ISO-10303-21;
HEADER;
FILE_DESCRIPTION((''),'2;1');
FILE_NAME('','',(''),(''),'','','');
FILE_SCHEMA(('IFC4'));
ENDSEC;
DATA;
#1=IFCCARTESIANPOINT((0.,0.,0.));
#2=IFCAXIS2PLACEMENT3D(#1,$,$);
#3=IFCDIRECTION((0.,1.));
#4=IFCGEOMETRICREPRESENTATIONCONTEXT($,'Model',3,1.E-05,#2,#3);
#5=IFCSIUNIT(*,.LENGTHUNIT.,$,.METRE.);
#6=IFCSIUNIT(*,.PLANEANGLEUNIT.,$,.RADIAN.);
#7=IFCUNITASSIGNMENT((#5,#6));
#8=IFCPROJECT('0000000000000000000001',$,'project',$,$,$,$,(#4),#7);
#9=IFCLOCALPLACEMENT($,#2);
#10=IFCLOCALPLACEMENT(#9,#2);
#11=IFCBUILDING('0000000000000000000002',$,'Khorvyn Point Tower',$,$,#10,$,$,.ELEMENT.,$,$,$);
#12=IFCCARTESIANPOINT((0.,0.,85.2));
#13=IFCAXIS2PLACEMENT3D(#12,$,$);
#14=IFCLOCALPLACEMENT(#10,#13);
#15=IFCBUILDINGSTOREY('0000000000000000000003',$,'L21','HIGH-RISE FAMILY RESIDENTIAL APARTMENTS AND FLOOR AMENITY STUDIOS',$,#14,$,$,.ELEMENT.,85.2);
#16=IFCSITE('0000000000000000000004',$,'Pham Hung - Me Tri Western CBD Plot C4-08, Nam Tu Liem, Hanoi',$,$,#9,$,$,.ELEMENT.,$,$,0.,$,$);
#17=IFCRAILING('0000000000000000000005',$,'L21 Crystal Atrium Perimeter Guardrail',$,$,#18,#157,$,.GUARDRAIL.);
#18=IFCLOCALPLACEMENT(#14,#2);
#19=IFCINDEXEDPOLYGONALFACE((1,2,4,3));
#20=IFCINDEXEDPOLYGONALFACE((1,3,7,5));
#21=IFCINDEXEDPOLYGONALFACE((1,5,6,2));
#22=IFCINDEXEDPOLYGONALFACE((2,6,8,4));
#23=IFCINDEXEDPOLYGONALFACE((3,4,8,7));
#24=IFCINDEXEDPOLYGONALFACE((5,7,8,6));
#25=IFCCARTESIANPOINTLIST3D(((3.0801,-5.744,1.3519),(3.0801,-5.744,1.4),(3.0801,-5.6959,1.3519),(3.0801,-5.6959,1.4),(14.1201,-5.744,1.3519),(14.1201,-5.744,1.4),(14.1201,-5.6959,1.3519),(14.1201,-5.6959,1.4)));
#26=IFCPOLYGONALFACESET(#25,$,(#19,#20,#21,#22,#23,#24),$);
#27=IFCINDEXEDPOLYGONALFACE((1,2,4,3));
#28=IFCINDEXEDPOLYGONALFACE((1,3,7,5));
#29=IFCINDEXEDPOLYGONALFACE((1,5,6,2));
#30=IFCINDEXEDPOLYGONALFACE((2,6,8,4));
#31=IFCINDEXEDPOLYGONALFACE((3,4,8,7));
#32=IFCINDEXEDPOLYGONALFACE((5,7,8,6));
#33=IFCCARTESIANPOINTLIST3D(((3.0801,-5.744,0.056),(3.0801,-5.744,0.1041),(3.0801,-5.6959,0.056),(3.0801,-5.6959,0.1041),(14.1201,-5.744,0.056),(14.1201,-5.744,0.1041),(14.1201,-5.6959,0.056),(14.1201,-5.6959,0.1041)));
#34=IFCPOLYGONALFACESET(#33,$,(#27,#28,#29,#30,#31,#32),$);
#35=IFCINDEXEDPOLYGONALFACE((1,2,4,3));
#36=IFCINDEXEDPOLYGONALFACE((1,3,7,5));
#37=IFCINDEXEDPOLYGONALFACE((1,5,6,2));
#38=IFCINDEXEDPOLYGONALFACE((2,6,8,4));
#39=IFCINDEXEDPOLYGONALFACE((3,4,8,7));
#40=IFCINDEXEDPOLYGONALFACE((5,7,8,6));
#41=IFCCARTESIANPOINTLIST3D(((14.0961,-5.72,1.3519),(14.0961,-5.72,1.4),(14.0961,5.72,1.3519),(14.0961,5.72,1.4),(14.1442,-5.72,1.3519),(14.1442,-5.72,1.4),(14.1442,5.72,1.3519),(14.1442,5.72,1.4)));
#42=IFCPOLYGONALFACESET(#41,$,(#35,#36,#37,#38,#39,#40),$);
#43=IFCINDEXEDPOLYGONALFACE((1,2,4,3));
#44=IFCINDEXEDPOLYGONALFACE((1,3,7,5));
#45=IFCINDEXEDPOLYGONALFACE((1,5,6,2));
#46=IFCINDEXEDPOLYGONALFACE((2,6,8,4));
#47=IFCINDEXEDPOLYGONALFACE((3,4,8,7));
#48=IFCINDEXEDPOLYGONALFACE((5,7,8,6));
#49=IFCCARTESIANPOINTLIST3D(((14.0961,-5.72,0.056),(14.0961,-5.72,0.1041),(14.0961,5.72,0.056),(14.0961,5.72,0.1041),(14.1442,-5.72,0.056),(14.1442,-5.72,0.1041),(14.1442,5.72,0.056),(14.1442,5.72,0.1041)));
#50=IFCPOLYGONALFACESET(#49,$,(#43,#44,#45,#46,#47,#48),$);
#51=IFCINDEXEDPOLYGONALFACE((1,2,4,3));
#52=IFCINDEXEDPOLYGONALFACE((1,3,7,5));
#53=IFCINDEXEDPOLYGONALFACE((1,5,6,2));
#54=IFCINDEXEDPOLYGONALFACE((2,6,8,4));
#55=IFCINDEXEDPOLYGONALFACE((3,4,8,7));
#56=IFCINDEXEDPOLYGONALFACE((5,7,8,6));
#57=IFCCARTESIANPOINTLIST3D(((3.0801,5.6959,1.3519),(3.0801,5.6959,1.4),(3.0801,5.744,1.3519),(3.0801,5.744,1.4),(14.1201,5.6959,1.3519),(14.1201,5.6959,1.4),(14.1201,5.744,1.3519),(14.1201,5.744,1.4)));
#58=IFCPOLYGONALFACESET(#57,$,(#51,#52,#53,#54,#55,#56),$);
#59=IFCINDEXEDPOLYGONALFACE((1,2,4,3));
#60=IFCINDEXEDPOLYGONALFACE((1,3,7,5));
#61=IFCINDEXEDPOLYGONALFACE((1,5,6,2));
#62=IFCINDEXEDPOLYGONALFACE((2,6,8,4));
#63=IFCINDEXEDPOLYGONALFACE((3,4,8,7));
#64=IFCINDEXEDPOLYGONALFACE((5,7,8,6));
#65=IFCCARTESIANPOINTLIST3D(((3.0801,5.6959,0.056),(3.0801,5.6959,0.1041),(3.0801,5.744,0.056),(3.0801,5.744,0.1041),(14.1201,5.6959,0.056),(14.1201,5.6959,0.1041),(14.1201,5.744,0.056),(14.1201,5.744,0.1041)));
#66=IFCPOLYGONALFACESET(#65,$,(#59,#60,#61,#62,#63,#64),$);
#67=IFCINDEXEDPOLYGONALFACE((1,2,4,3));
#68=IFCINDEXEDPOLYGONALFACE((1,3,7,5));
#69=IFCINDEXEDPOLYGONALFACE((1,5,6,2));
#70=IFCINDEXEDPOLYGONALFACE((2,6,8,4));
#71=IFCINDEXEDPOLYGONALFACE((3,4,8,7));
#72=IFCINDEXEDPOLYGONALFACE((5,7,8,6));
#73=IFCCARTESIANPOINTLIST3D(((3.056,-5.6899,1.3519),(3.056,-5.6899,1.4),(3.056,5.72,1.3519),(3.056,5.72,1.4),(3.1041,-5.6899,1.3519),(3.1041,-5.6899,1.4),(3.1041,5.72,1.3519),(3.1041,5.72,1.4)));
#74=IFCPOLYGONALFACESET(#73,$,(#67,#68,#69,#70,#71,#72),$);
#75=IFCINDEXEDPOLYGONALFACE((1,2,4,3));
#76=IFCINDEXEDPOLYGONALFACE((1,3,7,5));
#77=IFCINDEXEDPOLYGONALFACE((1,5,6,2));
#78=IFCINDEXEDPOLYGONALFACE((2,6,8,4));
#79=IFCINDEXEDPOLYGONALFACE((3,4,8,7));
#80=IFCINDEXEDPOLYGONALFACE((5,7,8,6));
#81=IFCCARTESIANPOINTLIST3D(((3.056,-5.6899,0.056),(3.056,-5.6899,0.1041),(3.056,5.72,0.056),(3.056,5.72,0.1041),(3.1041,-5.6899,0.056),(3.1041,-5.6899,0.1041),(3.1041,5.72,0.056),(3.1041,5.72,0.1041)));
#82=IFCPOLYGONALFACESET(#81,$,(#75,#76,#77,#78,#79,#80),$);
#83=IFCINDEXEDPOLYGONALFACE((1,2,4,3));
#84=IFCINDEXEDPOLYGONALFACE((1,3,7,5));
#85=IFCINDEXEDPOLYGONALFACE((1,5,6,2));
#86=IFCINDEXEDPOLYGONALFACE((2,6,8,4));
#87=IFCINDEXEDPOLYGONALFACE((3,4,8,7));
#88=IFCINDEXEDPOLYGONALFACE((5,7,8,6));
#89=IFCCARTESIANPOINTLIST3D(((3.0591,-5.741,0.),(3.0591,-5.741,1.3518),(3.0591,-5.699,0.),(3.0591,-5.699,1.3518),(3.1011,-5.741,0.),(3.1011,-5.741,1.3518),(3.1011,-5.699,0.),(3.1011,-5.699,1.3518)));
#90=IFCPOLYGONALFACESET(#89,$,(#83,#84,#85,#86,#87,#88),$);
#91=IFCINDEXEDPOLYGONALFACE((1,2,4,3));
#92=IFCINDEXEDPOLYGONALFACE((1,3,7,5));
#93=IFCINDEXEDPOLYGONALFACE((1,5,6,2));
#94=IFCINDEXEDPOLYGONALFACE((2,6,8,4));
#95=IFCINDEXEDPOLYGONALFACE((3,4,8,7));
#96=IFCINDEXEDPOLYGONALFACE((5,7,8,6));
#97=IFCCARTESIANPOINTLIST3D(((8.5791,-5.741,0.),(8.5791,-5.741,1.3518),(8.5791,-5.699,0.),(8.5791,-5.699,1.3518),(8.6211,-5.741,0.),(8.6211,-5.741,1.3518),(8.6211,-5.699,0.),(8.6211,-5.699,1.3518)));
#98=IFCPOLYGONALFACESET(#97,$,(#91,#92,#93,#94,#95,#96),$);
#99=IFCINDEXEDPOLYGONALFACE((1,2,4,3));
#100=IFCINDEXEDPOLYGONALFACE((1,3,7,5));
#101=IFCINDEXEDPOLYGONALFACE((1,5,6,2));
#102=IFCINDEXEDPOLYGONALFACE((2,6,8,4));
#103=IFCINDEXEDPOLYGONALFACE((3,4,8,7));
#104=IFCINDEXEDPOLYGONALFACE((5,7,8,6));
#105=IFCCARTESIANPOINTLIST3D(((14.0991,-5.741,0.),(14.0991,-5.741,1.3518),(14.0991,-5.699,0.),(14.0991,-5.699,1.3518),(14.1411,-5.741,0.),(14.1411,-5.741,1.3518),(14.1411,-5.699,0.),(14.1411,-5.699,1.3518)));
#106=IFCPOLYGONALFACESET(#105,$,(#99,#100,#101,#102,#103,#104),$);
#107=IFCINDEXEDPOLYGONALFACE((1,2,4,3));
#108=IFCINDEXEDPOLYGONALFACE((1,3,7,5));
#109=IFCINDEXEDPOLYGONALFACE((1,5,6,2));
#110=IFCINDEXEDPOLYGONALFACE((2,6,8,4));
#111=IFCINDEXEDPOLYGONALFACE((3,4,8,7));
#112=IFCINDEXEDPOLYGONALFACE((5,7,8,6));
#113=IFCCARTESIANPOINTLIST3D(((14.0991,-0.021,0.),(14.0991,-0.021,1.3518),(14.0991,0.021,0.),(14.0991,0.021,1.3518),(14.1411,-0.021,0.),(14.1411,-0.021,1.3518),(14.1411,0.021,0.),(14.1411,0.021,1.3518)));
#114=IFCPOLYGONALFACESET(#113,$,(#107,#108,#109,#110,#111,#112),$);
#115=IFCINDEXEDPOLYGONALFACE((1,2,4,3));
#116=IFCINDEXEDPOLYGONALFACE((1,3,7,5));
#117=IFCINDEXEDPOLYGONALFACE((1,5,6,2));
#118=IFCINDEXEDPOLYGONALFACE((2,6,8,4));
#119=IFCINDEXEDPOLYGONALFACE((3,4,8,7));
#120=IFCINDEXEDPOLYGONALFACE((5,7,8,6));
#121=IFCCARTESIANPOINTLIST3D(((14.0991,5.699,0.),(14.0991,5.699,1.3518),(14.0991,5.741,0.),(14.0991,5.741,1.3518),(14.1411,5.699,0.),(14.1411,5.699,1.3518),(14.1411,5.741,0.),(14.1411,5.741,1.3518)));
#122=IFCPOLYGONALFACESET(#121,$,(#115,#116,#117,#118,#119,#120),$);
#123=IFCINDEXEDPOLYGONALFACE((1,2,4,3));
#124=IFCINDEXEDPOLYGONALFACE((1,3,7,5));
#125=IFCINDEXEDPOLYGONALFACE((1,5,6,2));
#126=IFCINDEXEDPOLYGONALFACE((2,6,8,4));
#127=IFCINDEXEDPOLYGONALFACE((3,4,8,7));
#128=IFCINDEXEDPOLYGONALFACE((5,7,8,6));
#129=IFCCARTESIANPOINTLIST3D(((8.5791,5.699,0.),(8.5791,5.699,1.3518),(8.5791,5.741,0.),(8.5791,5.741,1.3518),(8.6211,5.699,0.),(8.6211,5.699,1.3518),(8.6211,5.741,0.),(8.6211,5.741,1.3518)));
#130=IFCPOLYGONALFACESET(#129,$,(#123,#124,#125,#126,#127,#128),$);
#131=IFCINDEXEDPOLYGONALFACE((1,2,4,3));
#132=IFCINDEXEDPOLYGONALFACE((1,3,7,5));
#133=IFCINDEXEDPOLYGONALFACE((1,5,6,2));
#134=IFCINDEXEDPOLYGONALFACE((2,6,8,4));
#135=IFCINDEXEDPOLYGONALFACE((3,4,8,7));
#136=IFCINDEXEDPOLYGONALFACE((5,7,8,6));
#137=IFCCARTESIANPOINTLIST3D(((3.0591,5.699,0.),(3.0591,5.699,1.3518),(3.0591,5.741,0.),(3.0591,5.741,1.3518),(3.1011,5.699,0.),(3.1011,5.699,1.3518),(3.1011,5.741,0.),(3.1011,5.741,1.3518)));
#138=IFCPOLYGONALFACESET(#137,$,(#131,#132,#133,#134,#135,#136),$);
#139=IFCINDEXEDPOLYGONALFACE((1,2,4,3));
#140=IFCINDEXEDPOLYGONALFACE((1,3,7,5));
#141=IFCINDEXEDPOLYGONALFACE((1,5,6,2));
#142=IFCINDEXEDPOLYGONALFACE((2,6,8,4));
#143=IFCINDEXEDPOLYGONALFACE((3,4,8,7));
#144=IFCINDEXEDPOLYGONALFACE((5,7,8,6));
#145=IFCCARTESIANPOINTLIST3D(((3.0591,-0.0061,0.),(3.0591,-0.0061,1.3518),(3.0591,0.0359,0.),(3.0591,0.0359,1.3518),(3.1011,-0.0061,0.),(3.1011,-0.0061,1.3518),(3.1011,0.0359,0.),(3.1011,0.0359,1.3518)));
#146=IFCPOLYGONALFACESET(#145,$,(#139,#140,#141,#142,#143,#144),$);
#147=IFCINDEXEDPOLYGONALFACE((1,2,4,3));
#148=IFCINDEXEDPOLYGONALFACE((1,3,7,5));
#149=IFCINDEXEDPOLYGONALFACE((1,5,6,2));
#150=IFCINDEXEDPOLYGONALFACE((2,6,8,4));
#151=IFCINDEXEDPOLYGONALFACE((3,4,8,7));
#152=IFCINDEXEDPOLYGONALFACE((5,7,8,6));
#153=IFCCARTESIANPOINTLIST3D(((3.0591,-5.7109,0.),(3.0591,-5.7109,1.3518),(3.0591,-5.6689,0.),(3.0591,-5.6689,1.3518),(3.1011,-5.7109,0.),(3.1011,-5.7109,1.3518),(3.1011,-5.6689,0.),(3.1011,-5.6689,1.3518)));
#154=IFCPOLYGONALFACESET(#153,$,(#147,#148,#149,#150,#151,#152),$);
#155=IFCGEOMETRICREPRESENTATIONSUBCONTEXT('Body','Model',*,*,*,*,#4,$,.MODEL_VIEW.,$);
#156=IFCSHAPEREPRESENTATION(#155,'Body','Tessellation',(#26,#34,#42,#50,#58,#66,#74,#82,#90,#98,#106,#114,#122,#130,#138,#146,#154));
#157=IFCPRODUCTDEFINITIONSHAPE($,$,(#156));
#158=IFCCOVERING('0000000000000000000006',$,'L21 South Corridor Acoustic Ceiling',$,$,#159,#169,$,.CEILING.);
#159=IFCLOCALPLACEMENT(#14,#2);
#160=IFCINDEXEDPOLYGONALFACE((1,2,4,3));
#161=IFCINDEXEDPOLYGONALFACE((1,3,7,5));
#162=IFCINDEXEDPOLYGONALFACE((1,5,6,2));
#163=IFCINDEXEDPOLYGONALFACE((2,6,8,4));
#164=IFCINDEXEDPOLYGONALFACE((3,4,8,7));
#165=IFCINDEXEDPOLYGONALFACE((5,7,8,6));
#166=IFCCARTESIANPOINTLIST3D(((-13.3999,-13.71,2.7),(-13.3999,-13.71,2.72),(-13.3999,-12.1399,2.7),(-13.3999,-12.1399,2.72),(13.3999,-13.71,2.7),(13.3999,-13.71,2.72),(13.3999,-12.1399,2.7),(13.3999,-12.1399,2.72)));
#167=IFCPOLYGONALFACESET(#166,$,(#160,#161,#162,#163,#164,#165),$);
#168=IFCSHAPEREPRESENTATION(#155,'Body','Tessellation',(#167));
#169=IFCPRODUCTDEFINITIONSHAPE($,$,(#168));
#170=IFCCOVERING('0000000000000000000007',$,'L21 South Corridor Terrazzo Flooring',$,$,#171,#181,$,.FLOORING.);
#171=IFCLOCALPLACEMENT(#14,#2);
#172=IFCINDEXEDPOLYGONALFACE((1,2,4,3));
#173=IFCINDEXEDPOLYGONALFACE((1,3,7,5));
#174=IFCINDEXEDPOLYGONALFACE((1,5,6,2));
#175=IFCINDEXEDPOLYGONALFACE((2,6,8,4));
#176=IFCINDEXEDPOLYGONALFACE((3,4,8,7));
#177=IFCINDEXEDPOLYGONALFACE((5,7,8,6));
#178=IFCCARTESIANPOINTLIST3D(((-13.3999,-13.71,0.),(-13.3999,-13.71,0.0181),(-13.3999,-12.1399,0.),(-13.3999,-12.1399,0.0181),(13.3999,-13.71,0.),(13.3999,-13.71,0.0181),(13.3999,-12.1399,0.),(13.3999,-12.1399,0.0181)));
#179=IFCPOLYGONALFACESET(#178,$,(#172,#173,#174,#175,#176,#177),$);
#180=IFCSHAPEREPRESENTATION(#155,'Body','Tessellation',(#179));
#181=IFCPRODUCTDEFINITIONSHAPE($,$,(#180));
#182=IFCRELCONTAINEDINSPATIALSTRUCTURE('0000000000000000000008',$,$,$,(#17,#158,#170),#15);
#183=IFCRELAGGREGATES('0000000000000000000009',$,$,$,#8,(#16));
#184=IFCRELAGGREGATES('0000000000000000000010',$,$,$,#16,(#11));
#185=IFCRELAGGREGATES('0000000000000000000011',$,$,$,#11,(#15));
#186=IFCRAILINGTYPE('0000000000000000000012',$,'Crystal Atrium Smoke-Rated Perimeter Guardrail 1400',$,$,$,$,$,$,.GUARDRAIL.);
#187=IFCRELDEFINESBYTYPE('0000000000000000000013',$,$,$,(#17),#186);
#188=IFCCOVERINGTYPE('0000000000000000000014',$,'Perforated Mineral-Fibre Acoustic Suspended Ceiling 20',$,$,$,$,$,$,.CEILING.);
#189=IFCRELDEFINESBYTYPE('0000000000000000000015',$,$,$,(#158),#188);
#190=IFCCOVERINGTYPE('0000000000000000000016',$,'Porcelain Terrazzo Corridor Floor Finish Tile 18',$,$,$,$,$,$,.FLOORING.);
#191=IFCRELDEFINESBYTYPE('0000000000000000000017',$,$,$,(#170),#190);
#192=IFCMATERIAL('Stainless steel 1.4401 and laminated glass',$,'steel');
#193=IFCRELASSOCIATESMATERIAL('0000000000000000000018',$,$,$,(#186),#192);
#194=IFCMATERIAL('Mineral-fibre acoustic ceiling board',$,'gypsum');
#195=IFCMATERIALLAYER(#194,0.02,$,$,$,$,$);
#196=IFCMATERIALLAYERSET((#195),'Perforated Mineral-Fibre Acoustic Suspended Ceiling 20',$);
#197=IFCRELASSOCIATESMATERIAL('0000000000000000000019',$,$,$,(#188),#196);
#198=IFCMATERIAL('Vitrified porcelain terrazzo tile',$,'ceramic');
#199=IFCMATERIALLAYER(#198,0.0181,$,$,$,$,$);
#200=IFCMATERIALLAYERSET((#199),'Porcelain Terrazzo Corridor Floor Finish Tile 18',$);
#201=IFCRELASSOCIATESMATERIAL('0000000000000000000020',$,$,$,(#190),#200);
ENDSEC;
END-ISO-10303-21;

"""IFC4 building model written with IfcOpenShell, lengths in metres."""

from ifc_helpers import new_model, si_unit, direction, frame, origin, origin_2d, place, context, subcontext, project, spatial, polyline, rectangle, outline, extrude, material, layer, layer_set, type_object, element, save


model = new_model("IFC4")

# Units and contexts
model_context = context("Model", 3, precision=1e-05, world=origin(), true_north=direction((0.0, 1.0)))
body_context = subcontext(model_context, "Body", "Model", "MODEL_VIEW")
ifc_project = project(units=[si_unit("LENGTHUNIT", "METRE"), si_unit("PLANEANGLEUNIT", "RADIAN")], contexts=[model_context])

# Site, building, storey
site_placement = place(None, origin())
site = spatial("IfcSite", under=ifc_project, at=site_placement, Name="Pham Hung - Me Tri Western CBD Plot C4-08, Nam Tu Liem, Hanoi", CompositionType="ELEMENT", RefElevation=0.0)
building_placement = place(site_placement, origin())
building = spatial("IfcBuilding", under=site, at=building_placement, Name="Khorvyn Point Tower", CompositionType="ELEMENT")
storey_placement = place(building_placement, frame((0.0, 0.0, 85.2)))
storey = spatial("IfcBuildingStorey", under=building, at=storey_placement, Name="L21", Description="HIGH-RISE FAMILY RESIDENTIAL APARTMENTS AND FLOOR AMENITY STUDIOS", CompositionType="ELEMENT", Elevation=85.2)

# Railing
ifc_material_1 = material(Name="Stainless steel 1.4401 and laminated glass", Category="steel")
railing_type = type_object("IfcRailingType", Name="Crystal Atrium Smoke-Rated Perimeter Guardrail 1400", PredefinedType="GUARDRAIL", material=ifc_material_1)
railing_placement = place(storey_placement, frame((3.0801, -5.72, 0.0)))
element("IfcRailing", 1, at=railing_placement, inside=storey, type_object=railing_type, Name="L21 Crystal Atrium Perimeter Guardrail", PredefinedType="GUARDRAIL", context=body_context, shape_type="SweptSolid", body=[
    extrude(rectangle(XDim=0.0481, YDim=0.0481, at=origin_2d()), frame((0.0, 0.0, 1.376), z_axis=(1.0, 0.0, 0.0), x_axis=(0.0, 1.0, 0.0)), (0.0, 0.0, 1.0), 11.04),
    extrude(rectangle(XDim=0.0481, YDim=0.0481, at=origin_2d()), frame((0.0, 0.0, 0.0801), z_axis=(1.0, 0.0, 0.0), x_axis=(0.0, 1.0, 0.0)), (0.0, 0.0, 1.0), 11.04),
    extrude(rectangle(XDim=0.0481, YDim=0.0481, at=origin_2d()), frame((11.04, 0.0, 1.376), z_axis=(0.0, 1.0, 0.0), x_axis=(-1.0, 0.0, 0.0)), (0.0, 0.0, 1.0), 11.4399),
    extrude(rectangle(XDim=0.0481, YDim=0.0481, at=origin_2d()), frame((11.04, 0.0, 0.0801), z_axis=(0.0, 1.0, 0.0), x_axis=(-1.0, 0.0, 0.0)), (0.0, 0.0, 1.0), 11.4399),
    extrude(rectangle(XDim=0.0481, YDim=0.0481, at=origin_2d()), frame((11.04, 11.4399, 1.376), z_axis=(-1.0, 0.0, 0.0), x_axis=(0.0, -1.0, 0.0)), (0.0, 0.0, 1.0), 11.04),
    extrude(rectangle(XDim=0.0481, YDim=0.0481, at=origin_2d()), frame((11.04, 11.4399, 0.0801), z_axis=(-1.0, 0.0, 0.0), x_axis=(0.0, -1.0, 0.0)), (0.0, 0.0, 1.0), 11.04),
    extrude(rectangle(XDim=0.0481, YDim=0.0481, at=origin_2d()), frame((0.0, 11.4399, 1.376), z_axis=(0.0, -1.0, 0.0), x_axis=(1.0, 0.0, 0.0)), (0.0, 0.0, 1.0), 11.4099),
    extrude(rectangle(XDim=0.0481, YDim=0.0481, at=origin_2d()), frame((0.0, 11.4399, 0.0801), z_axis=(0.0, -1.0, 0.0), x_axis=(1.0, 0.0, 0.0)), (0.0, 0.0, 1.0), 11.4099),
    extrude(rectangle(XDim=0.042, YDim=0.042, at=origin_2d()), origin(), (0.0, 0.0, 1.0), 1.3518),
    extrude(rectangle(XDim=0.042, YDim=0.042, at=origin_2d()), frame((5.52, 0.0, 0.0)), (0.0, 0.0, 1.0), 1.3518),
    extrude(rectangle(XDim=0.042, YDim=0.042, at=origin_2d()), frame((11.04, 0.0, 0.0)), (0.0, 0.0, 1.0), 1.3518),
    extrude(rectangle(XDim=0.042, YDim=0.042, at=origin_2d()), frame((11.04, 5.72, 0.0)), (0.0, 0.0, 1.0), 1.3518),
    extrude(rectangle(XDim=0.042, YDim=0.042, at=origin_2d()), frame((11.04, 11.4399, 0.0)), (0.0, 0.0, 1.0), 1.3518),
    extrude(rectangle(XDim=0.042, YDim=0.042, at=origin_2d()), frame((5.52, 11.4399, 0.0)), (0.0, 0.0, 1.0), 1.3518),
    extrude(rectangle(XDim=0.042, YDim=0.042, at=origin_2d()), frame((0.0, 11.4399, 0.0)), (0.0, 0.0, 1.0), 1.3518),
    extrude(rectangle(XDim=0.042, YDim=0.042, at=origin_2d()), frame((0.0, 5.7349, 0.0)), (0.0, 0.0, 1.0), 1.3518),
    extrude(rectangle(XDim=0.042, YDim=0.042, at=origin_2d()), frame((0.0, 0.03, 0.0)), (0.0, 0.0, 1.0), 1.3518),
])

# Coverings
ifc_material_2 = material(Name="Mineral-fibre acoustic ceiling board", Category="gypsum")
ifc_layer_1 = layer(ifc_material_2, 0.02)
ifc_layer_set_1 = layer_set([ifc_layer_1], Name="Perforated Mineral-Fibre Acoustic Suspended Ceiling 20")
covering_type_1 = type_object("IfcCoveringType", Name="Perforated Mineral-Fibre Acoustic Suspended Ceiling 20", PredefinedType="CEILING", material=ifc_layer_set_1)
covering_1_placement = place(storey_placement, frame((0.0, 0.0, 2.7)))
element("IfcCovering", 2, at=covering_1_placement, inside=storey, type_object=covering_type_1, Name="L21 South Corridor Acoustic Ceiling", PredefinedType="CEILING", context=body_context, shape_type="SweptSolid", body=[
    extrude(outline(polyline([(-13.3999, -13.71), (13.3999, -13.71), (13.3999, -12.1399), (-13.3999, -12.1399), (-13.3999, -13.71)])), origin(), (0.0, 0.0, 1.0), 0.02),
])
ifc_material_3 = material(Name="Vitrified porcelain terrazzo tile", Category="ceramic")
ifc_layer_2 = layer(ifc_material_3, 0.0181)
ifc_layer_set_2 = layer_set([ifc_layer_2], Name="Porcelain Terrazzo Corridor Floor Finish Tile 18")
covering_type_2 = type_object("IfcCoveringType", Name="Porcelain Terrazzo Corridor Floor Finish Tile 18", PredefinedType="FLOORING", material=ifc_layer_set_2)
covering_2_placement = place(storey_placement, origin())
element("IfcCovering", 3, at=covering_2_placement, inside=storey, type_object=covering_type_2, Name="L21 South Corridor Terrazzo Flooring", PredefinedType="FLOORING", context=body_context, shape_type="SweptSolid", body=[
    extrude(outline(polyline([(-13.3999, -13.71), (13.3999, -13.71), (13.3999, -12.1399), (-13.3999, -12.1399), (-13.3999, -13.71)])), origin(), (0.0, 0.0, 1.0), 0.0181),
])

save(model, "model.ifc")
